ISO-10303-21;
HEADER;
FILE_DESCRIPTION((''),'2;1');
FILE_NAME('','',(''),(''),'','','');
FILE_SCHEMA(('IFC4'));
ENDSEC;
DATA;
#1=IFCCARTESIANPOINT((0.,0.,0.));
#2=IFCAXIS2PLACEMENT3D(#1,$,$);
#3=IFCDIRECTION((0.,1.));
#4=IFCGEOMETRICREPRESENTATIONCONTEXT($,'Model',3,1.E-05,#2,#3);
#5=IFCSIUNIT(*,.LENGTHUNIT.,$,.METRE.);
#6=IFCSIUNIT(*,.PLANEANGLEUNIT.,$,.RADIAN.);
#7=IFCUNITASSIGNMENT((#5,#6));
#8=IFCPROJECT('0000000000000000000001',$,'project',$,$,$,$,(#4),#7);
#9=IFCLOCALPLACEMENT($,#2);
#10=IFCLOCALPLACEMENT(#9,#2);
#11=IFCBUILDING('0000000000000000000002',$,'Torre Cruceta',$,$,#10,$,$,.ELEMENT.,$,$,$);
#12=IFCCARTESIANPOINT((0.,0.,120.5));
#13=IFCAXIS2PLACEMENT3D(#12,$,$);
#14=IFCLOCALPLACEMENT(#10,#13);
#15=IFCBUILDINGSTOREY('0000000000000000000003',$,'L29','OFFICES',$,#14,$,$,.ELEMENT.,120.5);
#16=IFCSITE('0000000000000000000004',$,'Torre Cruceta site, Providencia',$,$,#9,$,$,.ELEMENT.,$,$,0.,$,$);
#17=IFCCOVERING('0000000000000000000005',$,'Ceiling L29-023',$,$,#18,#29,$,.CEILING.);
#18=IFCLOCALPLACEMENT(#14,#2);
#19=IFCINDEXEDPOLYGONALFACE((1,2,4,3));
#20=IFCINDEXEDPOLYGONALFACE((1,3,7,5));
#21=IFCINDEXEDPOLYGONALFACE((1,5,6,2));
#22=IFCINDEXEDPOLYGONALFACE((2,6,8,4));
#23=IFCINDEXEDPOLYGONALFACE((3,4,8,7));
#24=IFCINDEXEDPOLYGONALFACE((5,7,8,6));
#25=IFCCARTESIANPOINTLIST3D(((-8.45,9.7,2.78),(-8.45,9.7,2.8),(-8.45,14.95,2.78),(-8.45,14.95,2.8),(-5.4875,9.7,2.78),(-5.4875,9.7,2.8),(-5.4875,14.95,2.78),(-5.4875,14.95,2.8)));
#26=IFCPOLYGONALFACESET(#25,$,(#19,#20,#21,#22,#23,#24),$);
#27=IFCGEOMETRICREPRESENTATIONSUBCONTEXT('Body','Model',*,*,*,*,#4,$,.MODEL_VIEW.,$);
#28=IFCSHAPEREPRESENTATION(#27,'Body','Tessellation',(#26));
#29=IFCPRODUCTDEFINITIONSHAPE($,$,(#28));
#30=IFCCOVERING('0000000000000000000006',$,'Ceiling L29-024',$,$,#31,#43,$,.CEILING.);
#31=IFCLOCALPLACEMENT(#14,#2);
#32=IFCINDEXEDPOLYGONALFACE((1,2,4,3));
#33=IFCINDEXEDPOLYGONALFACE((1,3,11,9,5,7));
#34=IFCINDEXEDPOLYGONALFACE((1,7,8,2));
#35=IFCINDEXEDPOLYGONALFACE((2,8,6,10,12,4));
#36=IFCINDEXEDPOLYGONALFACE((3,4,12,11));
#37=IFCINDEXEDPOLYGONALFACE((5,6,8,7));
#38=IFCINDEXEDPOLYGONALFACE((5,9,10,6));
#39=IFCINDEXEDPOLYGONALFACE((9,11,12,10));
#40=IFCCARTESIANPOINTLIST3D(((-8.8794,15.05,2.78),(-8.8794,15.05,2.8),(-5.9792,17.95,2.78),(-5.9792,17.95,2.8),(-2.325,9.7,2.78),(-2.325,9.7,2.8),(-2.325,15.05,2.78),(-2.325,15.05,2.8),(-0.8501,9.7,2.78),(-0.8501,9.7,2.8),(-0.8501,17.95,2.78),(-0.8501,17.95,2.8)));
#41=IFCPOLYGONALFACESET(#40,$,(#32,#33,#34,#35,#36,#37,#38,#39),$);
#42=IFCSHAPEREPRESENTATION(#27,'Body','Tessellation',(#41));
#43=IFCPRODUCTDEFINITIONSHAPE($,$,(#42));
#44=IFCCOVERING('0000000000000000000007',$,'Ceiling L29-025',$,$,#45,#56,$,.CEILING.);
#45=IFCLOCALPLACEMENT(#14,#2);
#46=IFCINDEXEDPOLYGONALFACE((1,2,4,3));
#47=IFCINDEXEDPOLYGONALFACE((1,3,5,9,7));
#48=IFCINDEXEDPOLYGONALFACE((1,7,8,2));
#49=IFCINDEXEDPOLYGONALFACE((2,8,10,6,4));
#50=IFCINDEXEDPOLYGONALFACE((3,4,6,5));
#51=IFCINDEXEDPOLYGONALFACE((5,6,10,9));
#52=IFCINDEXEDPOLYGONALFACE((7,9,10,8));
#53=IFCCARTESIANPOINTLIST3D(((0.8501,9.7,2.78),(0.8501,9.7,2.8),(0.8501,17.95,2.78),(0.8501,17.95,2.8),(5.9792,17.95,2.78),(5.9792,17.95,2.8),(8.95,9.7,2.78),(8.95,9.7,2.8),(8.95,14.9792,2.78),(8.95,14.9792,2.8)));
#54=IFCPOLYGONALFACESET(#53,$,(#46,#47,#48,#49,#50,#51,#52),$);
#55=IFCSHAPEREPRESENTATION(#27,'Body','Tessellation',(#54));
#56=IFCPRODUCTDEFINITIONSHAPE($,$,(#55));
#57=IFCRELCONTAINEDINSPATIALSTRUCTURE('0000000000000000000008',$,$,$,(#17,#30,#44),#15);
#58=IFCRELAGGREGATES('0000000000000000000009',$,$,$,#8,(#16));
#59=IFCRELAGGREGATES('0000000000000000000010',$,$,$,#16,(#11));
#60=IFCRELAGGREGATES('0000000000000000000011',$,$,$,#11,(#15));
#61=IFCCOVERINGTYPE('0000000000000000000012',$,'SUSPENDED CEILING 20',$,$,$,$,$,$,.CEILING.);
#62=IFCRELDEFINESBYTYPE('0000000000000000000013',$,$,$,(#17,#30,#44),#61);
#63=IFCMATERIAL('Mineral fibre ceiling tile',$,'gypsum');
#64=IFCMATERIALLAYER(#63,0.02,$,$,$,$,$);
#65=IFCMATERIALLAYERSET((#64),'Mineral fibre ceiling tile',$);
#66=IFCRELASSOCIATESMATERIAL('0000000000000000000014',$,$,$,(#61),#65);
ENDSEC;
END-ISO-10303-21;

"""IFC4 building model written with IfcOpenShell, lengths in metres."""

from ifc_helpers import new_model, si_unit, direction, frame, origin, place, context, subcontext, project, spatial, polyline, outline, extrude, material, layer, layer_set, type_object, element, save


model = new_model("IFC4")

# Units and contexts
model_context = context("Model", 3, precision=1e-05, world=origin(), true_north=direction((0.0, 1.0)))
body_context = subcontext(model_context, "Body", "Model", "MODEL_VIEW")
ifc_project = project(units=[si_unit("LENGTHUNIT", "METRE"), si_unit("PLANEANGLEUNIT", "RADIAN")], contexts=[model_context])

# Site, building, storey
site_placement = place(None, origin())
site = spatial("IfcSite", under=ifc_project, at=site_placement, Name="Torre Cruceta site, Providencia", CompositionType="ELEMENT", RefElevation=0.0)
building_placement = place(site_placement, origin())
building = spatial("IfcBuilding", under=site, at=building_placement, Name="Torre Cruceta", CompositionType="ELEMENT")
storey_placement = place(building_placement, frame((0.0, 0.0, 120.5)))
storey = spatial("IfcBuildingStorey", under=building, at=storey_placement, Name="L29", Description="OFFICES", CompositionType="ELEMENT", Elevation=120.5)

# Coverings
ifc_material_1 = material(Name="Mineral fibre ceiling tile", Category="gypsum")
ifc_layer_1 = layer(ifc_material_1, 0.02)
ifc_layer_set_1 = layer_set([ifc_layer_1], Name="Mineral fibre ceiling tile")
covering_type_1 = type_object("IfcCoveringType", Name="SUSPENDED CEILING 20", PredefinedType="CEILING", material=ifc_layer_set_1)
covering_1_placement = place(storey_placement, frame((0.0, 0.0, 2.78)))
element("IfcCovering", 1, at=covering_1_placement, inside=storey, type_object=covering_type_1, Name="Ceiling L29-023", PredefinedType="CEILING", context=body_context, shape_type="SweptSolid", body=[
    extrude(outline(polyline([(-5.4875, 9.7), (-8.45, 9.7), (-8.45, 14.95), (-5.4875, 14.95), (-5.4875, 9.7)])), origin(), (0.0, 0.0, 1.0), 0.02),
])
covering_2_placement = place(storey_placement, frame((0.0, 0.0, 2.78)))
element("IfcCovering", 2, at=covering_2_placement, inside=storey, type_object=covering_type_1, Name="Ceiling L29-024", PredefinedType="CEILING", context=body_context, shape_type="SweptSolid", body=[
    extrude(outline(polyline([(-0.8501, 17.95), (-0.8501, 9.7), (-2.325, 9.7), (-2.325, 15.05), (-8.8794, 15.05), (-5.9792, 17.95), (-0.8501, 17.95)])), origin(), (0.0, 0.0, 1.0), 0.02),
])
covering_3_placement = place(storey_placement, frame((0.0, 0.0, 2.78)))
element("IfcCovering", 3, at=covering_3_placement, inside=storey, type_object=covering_type_1, Name="Ceiling L29-025", PredefinedType="CEILING", context=body_context, shape_type="SweptSolid", body=[
    extrude(outline(polyline([(5.9792, 17.95), (8.95, 14.9792), (8.95, 9.7), (0.8501, 9.7), (0.8501, 17.95), (5.9792, 17.95)])), origin(), (0.0, 0.0, 1.0), 0.02),
])

save(model, "model.ifc")
